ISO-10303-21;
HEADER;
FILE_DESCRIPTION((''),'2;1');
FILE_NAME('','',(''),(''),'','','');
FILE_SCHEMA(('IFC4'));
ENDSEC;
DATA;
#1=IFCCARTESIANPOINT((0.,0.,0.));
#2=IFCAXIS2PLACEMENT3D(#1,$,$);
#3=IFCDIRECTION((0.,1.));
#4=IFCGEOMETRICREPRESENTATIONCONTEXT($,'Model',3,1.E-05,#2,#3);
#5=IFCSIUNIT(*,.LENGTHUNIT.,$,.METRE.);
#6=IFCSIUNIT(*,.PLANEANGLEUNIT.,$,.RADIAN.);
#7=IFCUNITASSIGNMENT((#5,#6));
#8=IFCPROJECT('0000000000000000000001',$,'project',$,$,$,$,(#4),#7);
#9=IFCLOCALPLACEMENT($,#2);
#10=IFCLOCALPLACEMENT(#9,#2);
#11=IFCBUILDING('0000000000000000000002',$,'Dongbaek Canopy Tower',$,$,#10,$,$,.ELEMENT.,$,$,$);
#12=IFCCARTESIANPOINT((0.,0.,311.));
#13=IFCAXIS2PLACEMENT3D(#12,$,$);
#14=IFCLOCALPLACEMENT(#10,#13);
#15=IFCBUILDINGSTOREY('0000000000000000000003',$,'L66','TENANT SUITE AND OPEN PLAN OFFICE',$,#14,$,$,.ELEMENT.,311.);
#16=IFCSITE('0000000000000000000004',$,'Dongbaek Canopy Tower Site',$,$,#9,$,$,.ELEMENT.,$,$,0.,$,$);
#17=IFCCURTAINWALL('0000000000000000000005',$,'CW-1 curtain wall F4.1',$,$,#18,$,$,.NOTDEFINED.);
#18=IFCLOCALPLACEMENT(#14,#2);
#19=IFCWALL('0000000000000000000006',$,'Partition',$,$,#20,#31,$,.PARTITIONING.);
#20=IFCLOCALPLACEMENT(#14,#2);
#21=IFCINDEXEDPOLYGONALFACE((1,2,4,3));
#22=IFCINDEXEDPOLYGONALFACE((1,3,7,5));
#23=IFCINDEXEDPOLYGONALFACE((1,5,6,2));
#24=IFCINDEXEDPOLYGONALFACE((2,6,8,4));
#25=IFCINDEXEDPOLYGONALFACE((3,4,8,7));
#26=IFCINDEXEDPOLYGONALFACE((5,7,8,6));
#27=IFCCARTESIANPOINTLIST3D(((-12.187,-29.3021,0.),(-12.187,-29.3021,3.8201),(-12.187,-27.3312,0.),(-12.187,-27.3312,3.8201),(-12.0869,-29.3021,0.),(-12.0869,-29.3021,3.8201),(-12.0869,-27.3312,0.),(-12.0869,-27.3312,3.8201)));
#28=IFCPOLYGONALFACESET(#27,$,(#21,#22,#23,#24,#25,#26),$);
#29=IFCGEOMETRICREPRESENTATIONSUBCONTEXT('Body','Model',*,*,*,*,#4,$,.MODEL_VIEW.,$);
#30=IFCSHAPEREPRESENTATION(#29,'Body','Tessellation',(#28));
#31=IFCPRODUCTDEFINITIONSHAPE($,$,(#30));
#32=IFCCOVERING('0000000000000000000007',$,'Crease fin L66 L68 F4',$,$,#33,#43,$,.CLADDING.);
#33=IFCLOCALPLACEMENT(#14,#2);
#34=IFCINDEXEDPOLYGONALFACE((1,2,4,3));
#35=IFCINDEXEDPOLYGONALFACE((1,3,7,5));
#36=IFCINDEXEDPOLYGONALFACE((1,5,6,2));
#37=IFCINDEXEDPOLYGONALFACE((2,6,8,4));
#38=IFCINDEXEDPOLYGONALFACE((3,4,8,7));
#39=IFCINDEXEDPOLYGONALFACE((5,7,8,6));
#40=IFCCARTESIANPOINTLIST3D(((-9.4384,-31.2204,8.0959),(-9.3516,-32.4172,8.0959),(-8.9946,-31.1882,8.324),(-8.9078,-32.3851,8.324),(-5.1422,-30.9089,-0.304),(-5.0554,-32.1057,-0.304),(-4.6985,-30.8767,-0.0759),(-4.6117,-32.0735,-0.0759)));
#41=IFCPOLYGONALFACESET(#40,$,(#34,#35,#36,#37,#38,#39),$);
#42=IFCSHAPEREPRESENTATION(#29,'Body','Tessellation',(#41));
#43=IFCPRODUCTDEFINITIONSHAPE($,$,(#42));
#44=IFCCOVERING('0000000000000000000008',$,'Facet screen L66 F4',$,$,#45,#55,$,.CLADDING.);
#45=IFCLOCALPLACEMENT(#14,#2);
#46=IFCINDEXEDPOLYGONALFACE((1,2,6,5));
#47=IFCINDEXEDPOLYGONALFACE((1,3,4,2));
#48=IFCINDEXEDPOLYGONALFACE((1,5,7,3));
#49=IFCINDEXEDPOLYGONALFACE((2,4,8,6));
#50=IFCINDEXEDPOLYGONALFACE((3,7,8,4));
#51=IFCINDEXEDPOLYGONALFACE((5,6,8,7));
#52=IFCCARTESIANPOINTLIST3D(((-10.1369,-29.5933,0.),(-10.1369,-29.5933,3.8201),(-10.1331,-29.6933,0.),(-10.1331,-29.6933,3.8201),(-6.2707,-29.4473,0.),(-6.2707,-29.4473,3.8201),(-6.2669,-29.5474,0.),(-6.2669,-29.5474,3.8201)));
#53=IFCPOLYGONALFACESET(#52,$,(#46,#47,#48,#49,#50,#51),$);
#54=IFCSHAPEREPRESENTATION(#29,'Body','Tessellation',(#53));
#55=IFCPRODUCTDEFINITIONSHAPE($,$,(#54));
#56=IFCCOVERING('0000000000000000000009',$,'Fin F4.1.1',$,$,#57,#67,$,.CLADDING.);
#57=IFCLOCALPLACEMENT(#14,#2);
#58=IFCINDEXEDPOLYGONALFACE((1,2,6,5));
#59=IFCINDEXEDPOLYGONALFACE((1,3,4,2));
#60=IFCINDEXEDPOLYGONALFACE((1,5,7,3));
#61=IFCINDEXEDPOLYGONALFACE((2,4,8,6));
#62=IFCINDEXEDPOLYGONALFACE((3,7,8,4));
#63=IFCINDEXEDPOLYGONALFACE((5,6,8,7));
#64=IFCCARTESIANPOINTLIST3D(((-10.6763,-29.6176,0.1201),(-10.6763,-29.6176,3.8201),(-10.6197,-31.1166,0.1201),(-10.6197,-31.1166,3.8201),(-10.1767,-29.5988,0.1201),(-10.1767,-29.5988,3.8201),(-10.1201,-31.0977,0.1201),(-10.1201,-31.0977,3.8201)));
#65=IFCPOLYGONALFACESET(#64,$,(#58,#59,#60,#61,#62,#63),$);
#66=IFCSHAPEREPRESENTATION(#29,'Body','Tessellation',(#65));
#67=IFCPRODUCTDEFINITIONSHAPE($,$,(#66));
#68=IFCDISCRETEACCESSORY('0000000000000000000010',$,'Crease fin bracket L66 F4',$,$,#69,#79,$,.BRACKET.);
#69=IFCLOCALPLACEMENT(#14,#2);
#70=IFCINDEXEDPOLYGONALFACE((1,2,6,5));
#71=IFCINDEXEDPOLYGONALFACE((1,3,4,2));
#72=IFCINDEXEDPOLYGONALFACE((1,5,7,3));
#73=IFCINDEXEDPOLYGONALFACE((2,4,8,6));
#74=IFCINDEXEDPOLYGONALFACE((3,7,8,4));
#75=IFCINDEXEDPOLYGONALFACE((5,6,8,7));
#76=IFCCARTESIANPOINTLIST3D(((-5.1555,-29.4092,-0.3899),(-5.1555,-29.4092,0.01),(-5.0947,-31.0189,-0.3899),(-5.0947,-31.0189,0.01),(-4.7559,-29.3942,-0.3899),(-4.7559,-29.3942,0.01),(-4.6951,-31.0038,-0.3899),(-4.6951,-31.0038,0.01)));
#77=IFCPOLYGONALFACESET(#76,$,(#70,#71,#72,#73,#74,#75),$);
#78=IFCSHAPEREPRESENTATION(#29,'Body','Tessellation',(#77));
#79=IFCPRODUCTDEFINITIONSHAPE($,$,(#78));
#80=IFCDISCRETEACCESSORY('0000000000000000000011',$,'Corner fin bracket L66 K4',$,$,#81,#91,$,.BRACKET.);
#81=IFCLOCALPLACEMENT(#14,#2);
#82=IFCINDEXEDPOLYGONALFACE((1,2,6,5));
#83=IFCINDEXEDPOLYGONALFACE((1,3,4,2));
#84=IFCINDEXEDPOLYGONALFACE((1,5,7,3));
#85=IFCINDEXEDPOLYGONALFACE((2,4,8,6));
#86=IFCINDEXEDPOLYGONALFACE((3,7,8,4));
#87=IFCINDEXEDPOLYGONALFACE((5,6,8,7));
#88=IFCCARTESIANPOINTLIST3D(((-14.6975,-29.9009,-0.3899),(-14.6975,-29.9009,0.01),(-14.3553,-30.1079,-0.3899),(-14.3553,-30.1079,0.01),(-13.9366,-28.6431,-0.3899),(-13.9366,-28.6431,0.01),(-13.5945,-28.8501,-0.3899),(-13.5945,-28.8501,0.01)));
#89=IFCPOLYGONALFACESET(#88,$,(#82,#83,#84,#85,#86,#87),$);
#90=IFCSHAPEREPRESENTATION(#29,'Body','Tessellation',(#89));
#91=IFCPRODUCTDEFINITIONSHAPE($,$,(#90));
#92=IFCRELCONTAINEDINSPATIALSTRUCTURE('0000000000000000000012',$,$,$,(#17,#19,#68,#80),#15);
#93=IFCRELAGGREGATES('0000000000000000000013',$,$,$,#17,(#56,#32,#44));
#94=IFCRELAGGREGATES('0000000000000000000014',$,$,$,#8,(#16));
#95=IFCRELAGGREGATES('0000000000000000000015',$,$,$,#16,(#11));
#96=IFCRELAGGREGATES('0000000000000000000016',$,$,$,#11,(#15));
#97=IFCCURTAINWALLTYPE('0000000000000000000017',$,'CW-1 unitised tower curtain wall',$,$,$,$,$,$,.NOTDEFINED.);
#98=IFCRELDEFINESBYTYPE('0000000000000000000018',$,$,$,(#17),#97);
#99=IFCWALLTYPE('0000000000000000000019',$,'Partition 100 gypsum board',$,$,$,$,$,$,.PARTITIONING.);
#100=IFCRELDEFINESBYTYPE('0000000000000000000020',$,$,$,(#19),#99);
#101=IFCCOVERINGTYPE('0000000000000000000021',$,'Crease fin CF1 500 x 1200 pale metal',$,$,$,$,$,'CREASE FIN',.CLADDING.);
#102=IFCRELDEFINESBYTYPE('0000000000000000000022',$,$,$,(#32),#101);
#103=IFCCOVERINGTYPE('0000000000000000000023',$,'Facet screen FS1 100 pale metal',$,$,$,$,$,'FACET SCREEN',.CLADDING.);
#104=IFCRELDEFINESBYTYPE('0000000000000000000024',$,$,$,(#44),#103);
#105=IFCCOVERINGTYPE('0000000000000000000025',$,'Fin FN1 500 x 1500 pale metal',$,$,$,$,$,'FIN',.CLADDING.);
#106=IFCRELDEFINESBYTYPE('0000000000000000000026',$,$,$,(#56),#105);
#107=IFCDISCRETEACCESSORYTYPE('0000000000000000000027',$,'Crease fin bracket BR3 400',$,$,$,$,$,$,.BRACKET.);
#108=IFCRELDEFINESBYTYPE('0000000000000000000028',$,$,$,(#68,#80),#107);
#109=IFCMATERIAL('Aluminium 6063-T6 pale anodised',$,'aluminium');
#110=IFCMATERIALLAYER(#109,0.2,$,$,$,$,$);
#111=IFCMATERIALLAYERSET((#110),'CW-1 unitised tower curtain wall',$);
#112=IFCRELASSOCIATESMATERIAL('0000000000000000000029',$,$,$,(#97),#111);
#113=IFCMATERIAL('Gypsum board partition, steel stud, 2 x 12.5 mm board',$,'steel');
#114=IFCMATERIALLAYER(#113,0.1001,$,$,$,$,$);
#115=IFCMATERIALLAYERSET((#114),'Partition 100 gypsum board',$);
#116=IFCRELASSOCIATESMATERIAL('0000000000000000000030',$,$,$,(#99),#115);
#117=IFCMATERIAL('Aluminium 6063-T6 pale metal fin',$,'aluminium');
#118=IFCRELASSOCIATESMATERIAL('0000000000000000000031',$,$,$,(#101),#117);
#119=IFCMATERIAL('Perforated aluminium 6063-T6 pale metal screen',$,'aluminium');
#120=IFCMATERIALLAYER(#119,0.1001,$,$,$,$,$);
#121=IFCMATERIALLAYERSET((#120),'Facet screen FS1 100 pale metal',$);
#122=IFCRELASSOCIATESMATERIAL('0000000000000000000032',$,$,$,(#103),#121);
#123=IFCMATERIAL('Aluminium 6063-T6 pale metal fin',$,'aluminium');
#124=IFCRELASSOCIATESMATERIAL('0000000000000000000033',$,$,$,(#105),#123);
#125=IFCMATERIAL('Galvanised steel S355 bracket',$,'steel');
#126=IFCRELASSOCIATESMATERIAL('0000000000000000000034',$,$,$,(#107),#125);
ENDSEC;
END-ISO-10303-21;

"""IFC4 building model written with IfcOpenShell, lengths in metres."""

from ifc_helpers import new_model, si_unit, direction, frame, frame_2d, origin, origin_2d, place, context, subcontext, project, spatial, rectangle, extrude, material, layer, layer_set, material_profile, profile_set, type_object, element, aggregate, save


model = new_model("IFC4")

# Units and contexts
model_context = context("Model", 3, precision=1e-05, world=origin(), true_north=direction((0.0, 1.0)))
body_context = subcontext(model_context, "Body", "Model", "MODEL_VIEW")
ifc_project = project(units=[si_unit("LENGTHUNIT", "METRE"), si_unit("PLANEANGLEUNIT", "RADIAN")], contexts=[model_context])

# Site, building, storey
site_placement = place(None, origin())
site = spatial("IfcSite", under=ifc_project, at=site_placement, Name="Dongbaek Canopy Tower Site", CompositionType="ELEMENT", RefElevation=0.0)
building_placement = place(site_placement, origin())
building = spatial("IfcBuilding", under=site, at=building_placement, Name="Dongbaek Canopy Tower", CompositionType="ELEMENT")
storey_placement = place(building_placement, frame((0.0, 0.0, 311.0)))
storey = spatial("IfcBuildingStorey", under=building, at=storey_placement, Name="L66", Description="TENANT SUITE AND OPEN PLAN OFFICE", CompositionType="ELEMENT", Elevation=311.0)

# Curtain wall
ifc_material_1 = material(Name="Aluminium 6063-T6 pale anodised", Category="aluminium")
ifc_layer_1 = layer(ifc_material_1, 0.2)
ifc_layer_set_1 = layer_set([ifc_layer_1], Name="CW-1 unitised tower curtain wall")
curtain_wall_type = type_object("IfcCurtainWallType", Name="CW-1 unitised tower curtain wall", PredefinedType="NOTDEFINED", material=ifc_layer_set_1)
curtain_wall_1_placement = place(storey_placement, origin())
curtain_wall_1 = element("IfcCurtainWall", 1, at=curtain_wall_1_placement, inside=storey, type_object=curtain_wall_type, Name="CW-1 curtain wall F4.1", PredefinedType="NOTDEFINED")

# Wall
ifc_material_2 = material(Name="Gypsum board partition, steel stud, 2 x 12.5 mm board", Category="steel")
ifc_layer_2 = layer(ifc_material_2, 0.1001)
ifc_layer_set_2 = layer_set([ifc_layer_2], Name="Partition 100 gypsum board")
wall_type_1 = type_object("IfcWallType", Name="Partition 100 gypsum board", PredefinedType="PARTITIONING", material=ifc_layer_set_2)
wall_1_placement = place(storey_placement, frame((-12.137, -29.302, 0.0), z_axis=(0.0, 0.0, 1.0), x_axis=(0.0, 1.0, 0.0)))
element("IfcWall", 2, at=wall_1_placement, inside=storey, type_object=wall_type_1, Name="Partition", PredefinedType="PARTITIONING", context=body_context, shape_type="SweptSolid", body=[
    extrude(rectangle(XDim=1.9709, YDim=0.1001, at=frame_2d((0.9854, 0.0))), origin(), (0.0, 0.0, 1.0), 3.8201),
])

# Coverings
ifc_material_3 = material(Name="Aluminium 6063-T6 pale metal fin", Category="aluminium")
ifc_material_profile_1 = material_profile(ifc_material_3, rectangle(XDim=1.2, YDim=0.5, at=origin_2d()), Name="Crease fin CF1 500 x 1200 pale metal")
ifc_profile_set_1 = profile_set([ifc_material_profile_1], Name="Aluminium 6063-T6 pale metal fin")
covering_type_1 = type_object("IfcCoveringType", Name="Crease fin CF1 500 x 1200 pale metal", ElementType="CREASE FIN", PredefinedType="CLADDING", material=ifc_profile_set_1)
covering_1_placement = place(storey_placement, frame((-4.877, -31.4912, -0.1899), z_axis=(-0.455103, -0.033001, 0.889827), x_axis=(0.072322, -0.997381, 0.0)))
covering_1 = element("IfcCovering", 3, at=covering_1_placement, type_object=covering_type_1, Name="Crease fin L66 L68 F4", PredefinedType="CLADDING", context=body_context, shape_type="SweptSolid", body=[
    extrude(rectangle(XDim=1.2, YDim=0.5, at=origin_2d()), origin(), (0.0, 0.0, 1.0), 9.4399),
])
ifc_material_4 = material(Name="Perforated aluminium 6063-T6 pale metal screen", Category="aluminium")
ifc_layer_3 = layer(ifc_material_4, 0.1001)
ifc_layer_set_3 = layer_set([ifc_layer_3], Name="Facet screen FS1 100 pale metal")
covering_type_2 = type_object("IfcCoveringType", Name="Facet screen FS1 100 pale metal", ElementType="FACET SCREEN", PredefinedType="CLADDING", material=ifc_layer_set_3)
covering_2_placement = place(storey_placement, frame((-8.2019, -29.5703, 0.0), z_axis=(0.0, 0.0, 1.0), x_axis=(0.999289, 0.037713, 0.0)))
covering_2 = element("IfcCovering", 4, at=covering_2_placement, type_object=covering_type_2, Name="Facet screen L66 F4", PredefinedType="CLADDING", context=body_context, shape_type="SweptSolid", body=[
    extrude(rectangle(XDim=3.8689, YDim=0.1001, at=origin_2d()), origin(), (0.0, 0.0, 1.0), 3.8201),
])
ifc_material_5 = material(Name="Aluminium 6063-T6 pale metal fin", Category="aluminium")
ifc_material_profile_2 = material_profile(ifc_material_5, rectangle(XDim=1.5, YDim=0.5, at=origin_2d()), Name="Fin FN1 500 x 1500 pale metal")
ifc_profile_set_2 = profile_set([ifc_material_profile_2], Name="Aluminium 6063-T6 pale metal fin")
covering_type_3 = type_object("IfcCoveringType", Name="Fin FN1 500 x 1500 pale metal", ElementType="FIN", PredefinedType="CLADDING", material=ifc_profile_set_2)
covering_3_placement = place(storey_placement, frame((-10.3982, -30.3577, 0.1201), z_axis=(0.0, 0.0, 1.0), x_axis=(0.037712, -0.999289, 0.0)))
covering_3 = element("IfcCovering", 5, at=covering_3_placement, type_object=covering_type_3, Name="Fin F4.1.1", PredefinedType="CLADDING", context=body_context, shape_type="SweptSolid", body=[
    extrude(rectangle(XDim=1.5, YDim=0.5, at=origin_2d()), origin(), (0.0, 0.0, 1.0), 3.7),
])
aggregate(curtain_wall_1, [covering_3, covering_1, covering_2])

# Discrete accessories
ifc_material_6 = material(Name="Galvanised steel S355 bracket", Category="steel")
discrete_accessory_type = type_object("IfcDiscreteAccessoryType", Name="Crease fin bracket BR3 400", PredefinedType="BRACKET", material=ifc_material_6)
discrete_accessory_1_placement = place(storey_placement, frame((-4.9253, -30.2065, -0.3899), z_axis=(0.0, 0.0, 1.0), x_axis=(0.037713, -0.999289, 0.0)))
element("IfcDiscreteAccessory", 6, at=discrete_accessory_1_placement, inside=storey, type_object=discrete_accessory_type, Name="Crease fin bracket L66 F4", PredefinedType="BRACKET", context=body_context, shape_type="SweptSolid", body=[
    extrude(rectangle(XDim=1.6108, YDim=0.3999, at=origin_2d()), origin(), (0.0, 0.0, 1.0), 0.3999),
])
discrete_accessory_2_placement = place(storey_placement, frame((-14.146, -29.3755, -0.3899), z_axis=(0.0, 0.0, 1.0), x_axis=(-0.517606, -0.855619, 0.0)))
element("IfcDiscreteAccessory", 7, at=discrete_accessory_2_placement, inside=storey, type_object=discrete_accessory_type, Name="Corner fin bracket L66 K4", PredefinedType="BRACKET", context=body_context, shape_type="SweptSolid", body=[
    extrude(rectangle(XDim=1.47, YDim=0.3999, at=origin_2d()), origin(), (0.0, 0.0, 1.0), 0.3999),
])

save(model, "model.ifc")
